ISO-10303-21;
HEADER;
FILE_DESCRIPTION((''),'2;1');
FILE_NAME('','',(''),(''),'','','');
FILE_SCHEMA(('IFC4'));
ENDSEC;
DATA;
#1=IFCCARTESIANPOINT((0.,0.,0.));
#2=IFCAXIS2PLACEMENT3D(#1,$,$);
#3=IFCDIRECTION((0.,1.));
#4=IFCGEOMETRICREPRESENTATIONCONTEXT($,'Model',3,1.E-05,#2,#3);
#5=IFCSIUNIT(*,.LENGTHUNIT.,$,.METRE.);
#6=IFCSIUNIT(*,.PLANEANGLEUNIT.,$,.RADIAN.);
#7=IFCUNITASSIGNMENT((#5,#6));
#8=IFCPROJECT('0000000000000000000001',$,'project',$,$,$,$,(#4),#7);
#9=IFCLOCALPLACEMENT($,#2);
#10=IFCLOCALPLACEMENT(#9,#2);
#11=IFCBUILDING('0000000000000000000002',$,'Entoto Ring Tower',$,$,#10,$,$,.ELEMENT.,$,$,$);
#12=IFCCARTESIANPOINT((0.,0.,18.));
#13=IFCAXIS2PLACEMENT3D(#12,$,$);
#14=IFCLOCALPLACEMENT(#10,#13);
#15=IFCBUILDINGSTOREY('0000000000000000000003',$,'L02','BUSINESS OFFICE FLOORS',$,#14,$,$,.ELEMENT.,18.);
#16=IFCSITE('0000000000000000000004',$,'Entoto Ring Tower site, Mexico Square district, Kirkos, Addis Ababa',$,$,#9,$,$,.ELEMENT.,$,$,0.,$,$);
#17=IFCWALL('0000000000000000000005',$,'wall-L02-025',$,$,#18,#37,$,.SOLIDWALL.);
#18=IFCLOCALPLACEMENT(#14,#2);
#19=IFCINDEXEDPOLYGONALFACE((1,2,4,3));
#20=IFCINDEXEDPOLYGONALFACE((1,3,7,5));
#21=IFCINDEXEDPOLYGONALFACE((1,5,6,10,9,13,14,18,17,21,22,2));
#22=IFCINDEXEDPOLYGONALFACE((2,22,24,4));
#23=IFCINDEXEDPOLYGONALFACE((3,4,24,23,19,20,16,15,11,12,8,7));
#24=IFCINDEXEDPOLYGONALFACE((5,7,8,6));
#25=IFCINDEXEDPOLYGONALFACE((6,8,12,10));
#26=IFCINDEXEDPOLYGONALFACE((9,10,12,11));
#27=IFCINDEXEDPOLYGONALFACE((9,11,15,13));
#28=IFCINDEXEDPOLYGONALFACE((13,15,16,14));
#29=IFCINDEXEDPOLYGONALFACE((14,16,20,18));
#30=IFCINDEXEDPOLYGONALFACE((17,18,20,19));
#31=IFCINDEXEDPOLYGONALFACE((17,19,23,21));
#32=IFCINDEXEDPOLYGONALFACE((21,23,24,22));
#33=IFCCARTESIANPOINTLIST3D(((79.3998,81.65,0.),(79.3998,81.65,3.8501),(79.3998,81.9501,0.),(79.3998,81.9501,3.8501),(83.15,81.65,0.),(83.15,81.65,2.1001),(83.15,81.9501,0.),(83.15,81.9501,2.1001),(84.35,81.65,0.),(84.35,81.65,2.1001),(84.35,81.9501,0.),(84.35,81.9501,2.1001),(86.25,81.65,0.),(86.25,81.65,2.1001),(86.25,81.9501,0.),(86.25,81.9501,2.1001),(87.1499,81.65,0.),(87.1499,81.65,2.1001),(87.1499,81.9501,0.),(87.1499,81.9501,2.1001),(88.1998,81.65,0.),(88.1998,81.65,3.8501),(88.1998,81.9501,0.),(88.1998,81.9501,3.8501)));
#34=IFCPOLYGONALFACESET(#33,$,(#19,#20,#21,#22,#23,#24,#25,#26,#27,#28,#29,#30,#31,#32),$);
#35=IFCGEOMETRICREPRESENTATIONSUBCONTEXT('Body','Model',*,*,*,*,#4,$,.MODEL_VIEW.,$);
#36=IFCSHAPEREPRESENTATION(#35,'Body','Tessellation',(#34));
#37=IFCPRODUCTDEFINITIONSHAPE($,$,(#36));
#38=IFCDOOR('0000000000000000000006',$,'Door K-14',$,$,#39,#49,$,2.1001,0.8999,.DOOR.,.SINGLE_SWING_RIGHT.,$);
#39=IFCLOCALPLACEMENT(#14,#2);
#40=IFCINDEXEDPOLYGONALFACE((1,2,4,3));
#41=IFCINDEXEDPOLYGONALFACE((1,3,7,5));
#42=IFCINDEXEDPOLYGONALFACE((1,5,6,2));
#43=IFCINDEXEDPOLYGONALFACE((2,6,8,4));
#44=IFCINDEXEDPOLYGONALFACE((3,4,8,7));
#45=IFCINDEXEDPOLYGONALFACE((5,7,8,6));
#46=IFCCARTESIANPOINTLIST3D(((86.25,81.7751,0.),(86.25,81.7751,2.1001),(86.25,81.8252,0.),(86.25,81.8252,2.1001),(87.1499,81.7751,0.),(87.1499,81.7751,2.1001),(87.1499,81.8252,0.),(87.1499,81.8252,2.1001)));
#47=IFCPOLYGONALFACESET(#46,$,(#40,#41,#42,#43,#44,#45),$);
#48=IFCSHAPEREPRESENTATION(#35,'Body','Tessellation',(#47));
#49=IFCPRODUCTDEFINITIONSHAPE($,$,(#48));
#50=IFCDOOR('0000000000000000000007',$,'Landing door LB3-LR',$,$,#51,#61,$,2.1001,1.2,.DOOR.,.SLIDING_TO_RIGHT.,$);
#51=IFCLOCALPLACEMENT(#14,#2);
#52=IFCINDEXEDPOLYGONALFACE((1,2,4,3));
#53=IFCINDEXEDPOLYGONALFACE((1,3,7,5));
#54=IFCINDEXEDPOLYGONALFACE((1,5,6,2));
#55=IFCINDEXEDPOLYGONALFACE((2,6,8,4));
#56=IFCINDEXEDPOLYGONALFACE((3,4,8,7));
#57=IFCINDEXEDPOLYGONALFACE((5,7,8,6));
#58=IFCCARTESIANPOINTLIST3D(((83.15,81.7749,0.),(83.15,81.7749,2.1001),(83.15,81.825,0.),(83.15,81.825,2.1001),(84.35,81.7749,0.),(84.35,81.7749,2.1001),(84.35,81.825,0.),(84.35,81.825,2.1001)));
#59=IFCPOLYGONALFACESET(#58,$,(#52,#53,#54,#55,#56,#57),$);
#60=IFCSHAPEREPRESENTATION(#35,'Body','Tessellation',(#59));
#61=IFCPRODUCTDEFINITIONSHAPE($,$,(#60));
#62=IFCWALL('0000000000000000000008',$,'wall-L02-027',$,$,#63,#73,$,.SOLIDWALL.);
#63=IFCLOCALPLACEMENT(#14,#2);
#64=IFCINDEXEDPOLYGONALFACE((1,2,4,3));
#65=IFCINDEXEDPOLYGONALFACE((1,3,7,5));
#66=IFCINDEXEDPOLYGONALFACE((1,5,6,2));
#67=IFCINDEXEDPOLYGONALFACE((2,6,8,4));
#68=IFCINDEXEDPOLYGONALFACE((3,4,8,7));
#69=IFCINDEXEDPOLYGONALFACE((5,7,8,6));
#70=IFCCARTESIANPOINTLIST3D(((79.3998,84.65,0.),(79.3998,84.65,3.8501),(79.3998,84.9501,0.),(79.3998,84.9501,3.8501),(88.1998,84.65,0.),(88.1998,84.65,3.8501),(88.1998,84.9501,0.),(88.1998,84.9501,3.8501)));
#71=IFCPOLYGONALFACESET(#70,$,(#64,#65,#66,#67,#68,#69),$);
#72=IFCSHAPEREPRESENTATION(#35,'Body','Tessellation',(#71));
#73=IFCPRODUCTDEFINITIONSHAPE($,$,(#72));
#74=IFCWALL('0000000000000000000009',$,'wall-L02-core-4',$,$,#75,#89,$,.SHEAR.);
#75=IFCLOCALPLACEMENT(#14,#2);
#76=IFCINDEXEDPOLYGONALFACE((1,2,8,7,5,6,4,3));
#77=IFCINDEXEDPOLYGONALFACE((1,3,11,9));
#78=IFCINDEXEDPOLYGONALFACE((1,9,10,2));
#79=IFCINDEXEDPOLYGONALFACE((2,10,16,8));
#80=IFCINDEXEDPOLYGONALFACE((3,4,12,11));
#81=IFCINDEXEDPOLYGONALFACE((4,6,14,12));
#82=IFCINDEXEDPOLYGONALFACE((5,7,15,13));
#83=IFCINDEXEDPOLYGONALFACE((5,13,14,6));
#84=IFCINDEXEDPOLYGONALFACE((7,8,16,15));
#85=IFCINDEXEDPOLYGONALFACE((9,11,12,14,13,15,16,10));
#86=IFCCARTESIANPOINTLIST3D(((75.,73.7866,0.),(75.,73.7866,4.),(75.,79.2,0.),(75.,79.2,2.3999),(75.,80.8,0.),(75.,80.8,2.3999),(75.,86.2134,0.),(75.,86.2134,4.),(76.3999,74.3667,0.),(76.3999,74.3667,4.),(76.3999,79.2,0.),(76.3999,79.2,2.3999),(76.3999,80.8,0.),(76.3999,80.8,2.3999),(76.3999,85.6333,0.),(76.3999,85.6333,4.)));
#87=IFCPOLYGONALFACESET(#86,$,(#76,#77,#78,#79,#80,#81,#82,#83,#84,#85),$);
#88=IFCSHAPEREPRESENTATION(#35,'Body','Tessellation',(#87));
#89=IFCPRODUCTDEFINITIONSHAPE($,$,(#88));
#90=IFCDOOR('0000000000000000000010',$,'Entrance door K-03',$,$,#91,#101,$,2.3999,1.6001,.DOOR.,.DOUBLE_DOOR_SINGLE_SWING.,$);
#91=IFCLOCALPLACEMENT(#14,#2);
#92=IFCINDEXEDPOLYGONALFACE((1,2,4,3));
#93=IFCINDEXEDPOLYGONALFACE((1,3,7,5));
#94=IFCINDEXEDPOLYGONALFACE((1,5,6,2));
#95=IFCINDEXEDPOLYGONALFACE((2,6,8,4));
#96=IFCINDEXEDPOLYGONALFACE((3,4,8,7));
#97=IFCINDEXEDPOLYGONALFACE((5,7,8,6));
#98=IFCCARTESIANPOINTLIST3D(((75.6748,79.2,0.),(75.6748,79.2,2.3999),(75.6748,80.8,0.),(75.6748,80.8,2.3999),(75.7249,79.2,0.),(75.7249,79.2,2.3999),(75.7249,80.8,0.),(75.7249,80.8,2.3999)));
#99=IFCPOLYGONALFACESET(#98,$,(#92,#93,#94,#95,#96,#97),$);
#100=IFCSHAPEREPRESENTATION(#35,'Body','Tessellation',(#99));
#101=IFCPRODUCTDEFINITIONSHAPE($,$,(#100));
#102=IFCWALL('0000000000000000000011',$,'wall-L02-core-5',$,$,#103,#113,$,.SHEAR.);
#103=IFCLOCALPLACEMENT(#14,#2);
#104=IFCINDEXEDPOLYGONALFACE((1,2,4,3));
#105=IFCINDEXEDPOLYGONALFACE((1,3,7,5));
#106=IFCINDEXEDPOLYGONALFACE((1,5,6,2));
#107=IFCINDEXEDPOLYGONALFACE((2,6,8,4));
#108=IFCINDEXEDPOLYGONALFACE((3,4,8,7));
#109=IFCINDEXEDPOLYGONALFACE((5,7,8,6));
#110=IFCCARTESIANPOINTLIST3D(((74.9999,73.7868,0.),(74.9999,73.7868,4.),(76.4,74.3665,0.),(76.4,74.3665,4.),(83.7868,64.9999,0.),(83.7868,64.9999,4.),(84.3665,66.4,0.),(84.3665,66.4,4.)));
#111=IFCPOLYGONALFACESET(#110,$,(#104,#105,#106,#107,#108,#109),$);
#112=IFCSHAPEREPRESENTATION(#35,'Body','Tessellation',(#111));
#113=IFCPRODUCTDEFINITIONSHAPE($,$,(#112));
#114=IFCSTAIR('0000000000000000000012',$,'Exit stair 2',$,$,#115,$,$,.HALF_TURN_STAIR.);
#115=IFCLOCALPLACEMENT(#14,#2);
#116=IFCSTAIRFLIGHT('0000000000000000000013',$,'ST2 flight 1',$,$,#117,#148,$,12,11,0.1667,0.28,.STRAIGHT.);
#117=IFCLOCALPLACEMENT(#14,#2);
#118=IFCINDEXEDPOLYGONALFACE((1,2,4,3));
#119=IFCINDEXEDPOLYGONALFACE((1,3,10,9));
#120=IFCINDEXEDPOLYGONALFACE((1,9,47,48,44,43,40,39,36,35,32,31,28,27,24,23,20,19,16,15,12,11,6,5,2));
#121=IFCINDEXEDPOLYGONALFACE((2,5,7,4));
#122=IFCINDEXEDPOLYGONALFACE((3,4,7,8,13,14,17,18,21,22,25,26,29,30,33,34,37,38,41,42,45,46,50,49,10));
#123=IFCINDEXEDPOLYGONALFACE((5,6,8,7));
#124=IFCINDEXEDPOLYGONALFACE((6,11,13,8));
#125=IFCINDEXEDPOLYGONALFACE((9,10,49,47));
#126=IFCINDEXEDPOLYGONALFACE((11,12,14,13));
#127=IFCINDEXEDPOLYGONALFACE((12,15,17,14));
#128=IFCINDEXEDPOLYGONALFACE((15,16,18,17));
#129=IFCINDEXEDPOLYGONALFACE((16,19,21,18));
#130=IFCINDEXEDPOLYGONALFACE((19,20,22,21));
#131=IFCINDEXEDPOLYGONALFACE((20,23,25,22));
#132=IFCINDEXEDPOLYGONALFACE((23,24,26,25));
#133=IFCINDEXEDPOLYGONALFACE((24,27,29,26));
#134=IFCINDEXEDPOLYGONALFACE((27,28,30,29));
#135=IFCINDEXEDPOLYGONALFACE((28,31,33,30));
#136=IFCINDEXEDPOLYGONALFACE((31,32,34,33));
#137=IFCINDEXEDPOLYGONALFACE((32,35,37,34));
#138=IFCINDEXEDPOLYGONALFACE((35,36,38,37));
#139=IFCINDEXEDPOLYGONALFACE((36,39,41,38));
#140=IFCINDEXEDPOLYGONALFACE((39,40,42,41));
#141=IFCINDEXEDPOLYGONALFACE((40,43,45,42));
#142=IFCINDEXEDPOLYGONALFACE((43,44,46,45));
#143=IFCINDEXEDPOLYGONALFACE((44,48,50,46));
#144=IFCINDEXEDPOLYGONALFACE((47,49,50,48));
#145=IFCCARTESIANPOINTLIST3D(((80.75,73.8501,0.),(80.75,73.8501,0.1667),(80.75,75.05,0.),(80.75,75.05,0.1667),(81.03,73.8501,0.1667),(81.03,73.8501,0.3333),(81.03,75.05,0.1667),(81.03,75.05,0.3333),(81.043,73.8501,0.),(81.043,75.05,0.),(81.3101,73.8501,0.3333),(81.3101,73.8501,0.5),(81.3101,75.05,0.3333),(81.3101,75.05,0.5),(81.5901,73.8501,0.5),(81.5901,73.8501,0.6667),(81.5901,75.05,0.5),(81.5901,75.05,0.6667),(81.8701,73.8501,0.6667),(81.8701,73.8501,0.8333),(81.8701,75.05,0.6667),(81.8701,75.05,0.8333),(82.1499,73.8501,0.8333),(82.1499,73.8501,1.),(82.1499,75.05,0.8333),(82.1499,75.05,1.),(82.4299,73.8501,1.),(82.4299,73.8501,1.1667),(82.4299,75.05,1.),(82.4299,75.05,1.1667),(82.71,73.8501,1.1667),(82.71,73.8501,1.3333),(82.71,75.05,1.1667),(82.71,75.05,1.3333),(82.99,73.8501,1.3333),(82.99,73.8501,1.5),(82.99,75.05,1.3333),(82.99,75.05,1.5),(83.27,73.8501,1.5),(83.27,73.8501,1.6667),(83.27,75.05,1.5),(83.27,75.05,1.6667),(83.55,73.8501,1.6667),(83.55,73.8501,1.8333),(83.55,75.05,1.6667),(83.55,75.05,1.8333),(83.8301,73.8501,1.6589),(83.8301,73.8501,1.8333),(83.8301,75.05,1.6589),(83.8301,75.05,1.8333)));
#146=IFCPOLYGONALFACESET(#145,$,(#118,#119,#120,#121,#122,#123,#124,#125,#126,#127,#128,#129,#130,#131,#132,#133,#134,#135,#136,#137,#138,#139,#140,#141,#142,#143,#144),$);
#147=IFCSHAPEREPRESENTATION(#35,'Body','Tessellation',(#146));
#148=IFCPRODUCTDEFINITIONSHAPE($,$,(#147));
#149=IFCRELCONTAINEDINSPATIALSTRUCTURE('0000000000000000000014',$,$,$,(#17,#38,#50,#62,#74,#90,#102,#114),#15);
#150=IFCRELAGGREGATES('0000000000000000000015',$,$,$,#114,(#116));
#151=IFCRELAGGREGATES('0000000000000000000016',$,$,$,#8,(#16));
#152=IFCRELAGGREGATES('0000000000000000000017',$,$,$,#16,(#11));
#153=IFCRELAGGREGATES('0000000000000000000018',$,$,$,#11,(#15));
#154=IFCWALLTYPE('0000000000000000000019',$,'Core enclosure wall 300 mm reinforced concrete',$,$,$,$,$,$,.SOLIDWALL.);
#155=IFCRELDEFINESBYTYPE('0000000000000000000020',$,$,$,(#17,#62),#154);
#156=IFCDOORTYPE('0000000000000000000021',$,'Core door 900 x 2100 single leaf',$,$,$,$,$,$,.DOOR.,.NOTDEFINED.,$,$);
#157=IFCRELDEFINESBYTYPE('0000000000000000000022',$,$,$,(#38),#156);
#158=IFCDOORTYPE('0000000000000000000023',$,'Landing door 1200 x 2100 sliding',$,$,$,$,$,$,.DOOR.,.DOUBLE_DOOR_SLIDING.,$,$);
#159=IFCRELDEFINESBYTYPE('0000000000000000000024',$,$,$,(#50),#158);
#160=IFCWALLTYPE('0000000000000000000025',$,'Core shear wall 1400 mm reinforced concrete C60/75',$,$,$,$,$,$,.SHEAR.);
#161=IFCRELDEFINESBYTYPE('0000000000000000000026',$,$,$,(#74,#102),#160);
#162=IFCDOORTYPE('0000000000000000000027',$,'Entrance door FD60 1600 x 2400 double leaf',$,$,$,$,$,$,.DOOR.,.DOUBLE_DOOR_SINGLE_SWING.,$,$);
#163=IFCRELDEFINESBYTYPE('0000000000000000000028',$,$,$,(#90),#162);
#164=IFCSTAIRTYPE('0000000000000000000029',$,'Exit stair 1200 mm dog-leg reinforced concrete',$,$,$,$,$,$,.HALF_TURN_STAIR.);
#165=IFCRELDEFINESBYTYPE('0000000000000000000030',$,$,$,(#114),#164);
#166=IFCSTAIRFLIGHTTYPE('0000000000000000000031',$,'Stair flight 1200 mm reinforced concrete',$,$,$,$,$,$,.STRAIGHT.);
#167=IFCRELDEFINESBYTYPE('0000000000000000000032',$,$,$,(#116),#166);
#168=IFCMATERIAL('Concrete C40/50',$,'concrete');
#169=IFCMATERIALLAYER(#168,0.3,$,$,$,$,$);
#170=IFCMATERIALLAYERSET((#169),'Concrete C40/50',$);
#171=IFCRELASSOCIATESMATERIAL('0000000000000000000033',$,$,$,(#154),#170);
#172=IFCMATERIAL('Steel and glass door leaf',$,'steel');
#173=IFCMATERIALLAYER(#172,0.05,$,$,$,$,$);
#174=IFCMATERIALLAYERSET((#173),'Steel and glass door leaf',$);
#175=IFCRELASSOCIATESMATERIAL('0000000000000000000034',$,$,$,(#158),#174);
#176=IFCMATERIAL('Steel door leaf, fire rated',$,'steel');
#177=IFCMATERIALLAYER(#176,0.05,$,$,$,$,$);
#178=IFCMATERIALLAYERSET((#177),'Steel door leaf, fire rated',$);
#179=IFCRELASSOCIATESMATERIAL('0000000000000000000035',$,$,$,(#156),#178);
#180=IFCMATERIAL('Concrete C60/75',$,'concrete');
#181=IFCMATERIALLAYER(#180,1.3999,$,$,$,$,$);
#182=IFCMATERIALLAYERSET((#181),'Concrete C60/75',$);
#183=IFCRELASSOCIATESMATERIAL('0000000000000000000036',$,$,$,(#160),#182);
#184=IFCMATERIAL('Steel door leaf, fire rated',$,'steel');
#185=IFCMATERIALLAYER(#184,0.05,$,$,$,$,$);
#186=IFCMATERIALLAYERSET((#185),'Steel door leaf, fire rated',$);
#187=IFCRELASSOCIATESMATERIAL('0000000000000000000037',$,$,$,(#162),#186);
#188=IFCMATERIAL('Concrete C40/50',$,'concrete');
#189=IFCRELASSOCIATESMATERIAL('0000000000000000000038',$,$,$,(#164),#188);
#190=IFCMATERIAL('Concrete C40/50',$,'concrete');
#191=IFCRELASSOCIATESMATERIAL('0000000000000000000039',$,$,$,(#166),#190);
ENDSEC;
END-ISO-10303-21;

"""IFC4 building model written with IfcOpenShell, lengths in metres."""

from ifc_helpers import new_model, si_unit, direction, frame, frame_2d, origin, place, context, subcontext, project, spatial, polyline, rectangle, outline, extrude, material, layer, layer_set, type_object, element, fill, aggregate, save


model = new_model("IFC4")

# Units and contexts
model_context = context("Model", 3, precision=1e-05, world=origin(), true_north=direction((0.0, 1.0)))
body_context = subcontext(model_context, "Body", "Model", "MODEL_VIEW")
ifc_project = project(units=[si_unit("LENGTHUNIT", "METRE"), si_unit("PLANEANGLEUNIT", "RADIAN")], contexts=[model_context])

# Site, building, storey
site_placement = place(None, origin())
site = spatial("IfcSite", under=ifc_project, at=site_placement, Name="Entoto Ring Tower site, Mexico Square district, Kirkos, Addis Ababa", CompositionType="ELEMENT", RefElevation=0.0)
building_placement = place(site_placement, origin())
building = spatial("IfcBuilding", under=site, at=building_placement, Name="Entoto Ring Tower", CompositionType="ELEMENT")
storey_placement = place(building_placement, frame((0.0, 0.0, 18.0)))
storey = spatial("IfcBuildingStorey", under=building, at=storey_placement, Name="L02", Description="BUSINESS OFFICE FLOORS", CompositionType="ELEMENT", Elevation=18.0)

# Shared definitions
ifc_material_1 = material(Name="Concrete C40/50", Category="concrete")
ifc_layer_1 = layer(ifc_material_1, 0.3)
ifc_layer_set_1 = layer_set([ifc_layer_1], Name="Concrete C40/50")
wall_type_1 = type_object("IfcWallType", Name="Core enclosure wall 300 mm reinforced concrete", PredefinedType="SOLIDWALL", material=ifc_layer_set_1)

# Shared definitions
ifc_material_2 = material(Name="Steel and glass door leaf", Category="steel")
ifc_layer_2 = layer(ifc_material_2, 0.05)
ifc_layer_set_2 = layer_set([ifc_layer_2], Name="Steel and glass door leaf")
door_type_1 = type_object("IfcDoorType", Name="Landing door 1200 x 2100 sliding", OperationType="DOUBLE_DOOR_SLIDING", PredefinedType="DOOR", material=ifc_layer_set_2)

# Wall, openings, doors
wall_1_placement = place(storey_placement, frame((79.3999, 81.8, 0.0), z_axis=(0.0, 0.0, 1.0), x_axis=(1.0, 0.0, 0.0)))
wall_1 = element("IfcWall", 1, at=wall_1_placement, inside=storey, type_object=wall_type_1, Name="wall-L02-025", PredefinedType="SOLIDWALL", context=body_context, shape_type="SweptSolid", body=[
    extrude(rectangle(XDim=8.8, YDim=0.3, at=frame_2d((4.3999, 0.0))), origin(), (0.0, 0.0, 1.0), 3.8501),
])
opening_1_placement = place(wall_1_placement, frame((3.75, 0.0, 0.0)))
opening_1 = element("IfcOpeningElement", 2, at=opening_1_placement, cuts=wall_1, PredefinedType="OPENING", context=body_context, shape_type="SweptSolid", body=[
    extrude(rectangle(XDim=1.2, YDim=2.1001, at=frame_2d((0.6001, 1.05))), frame((0.0, 0.1602, 0.0), z_axis=(0.0, -1.0, 0.0), x_axis=(1.0, 0.0, 0.0)), (0.0, 0.0, 1.0), 0.3201),
])
opening_2_placement = place(wall_1_placement, frame((6.8501, 0.0, 0.0)))
opening_2 = element("IfcOpeningElement", 3, at=opening_2_placement, cuts=wall_1, PredefinedType="OPENING", context=body_context, shape_type="SweptSolid", body=[
    extrude(rectangle(XDim=0.8999, YDim=2.1001, at=frame_2d((0.45, 1.05))), frame((0.0, 0.1602, 0.0), z_axis=(0.0, -1.0, 0.0), x_axis=(1.0, 0.0, 0.0)), (0.0, 0.0, 1.0), 0.3201),
])
ifc_material_3 = material(Name="Steel door leaf, fire rated", Category="steel")
ifc_layer_3 = layer(ifc_material_3, 0.05)
ifc_layer_set_3 = layer_set([ifc_layer_3], Name="Steel door leaf, fire rated")
door_type_2 = type_object("IfcDoorType", Name="Core door 900 x 2100 single leaf", OperationType="NOTDEFINED", PredefinedType="DOOR", material=ifc_layer_set_3)
door_1_placement = place(opening_2_placement, frame((0.8999, 0.0, 0.0), z_axis=(0.0, 0.0, 1.0), x_axis=(-1.0, 0.0, 0.0)))
door_1 = element("IfcDoor", 4, at=door_1_placement, inside=storey, type_object=door_type_2, Name="Door K-14", OperationType="SINGLE_SWING_RIGHT", OverallHeight=2.1001, OverallWidth=0.8999, PredefinedType="DOOR", context=body_context, shape_type="SweptSolid", body=[
    extrude(rectangle(XDim=0.8999, YDim=2.1001, at=frame_2d((0.45, 1.05))), frame((0.0, 0.0249, 0.0), z_axis=(0.0, -1.0, 0.0), x_axis=(1.0, 0.0, 0.0)), (0.0, 0.0, 1.0), 0.05),
])
fill(opening_2, door_1)
door_2_placement = place(opening_1_placement, origin())
door_2 = element("IfcDoor", 5, at=door_2_placement, inside=storey, type_object=door_type_1, Name="Landing door LB3-LR", OperationType="SLIDING_TO_RIGHT", OverallHeight=2.1001, OverallWidth=1.2, PredefinedType="DOOR", context=body_context, shape_type="SweptSolid", body=[
    extrude(rectangle(XDim=1.2, YDim=2.1001, at=frame_2d((0.6001, 1.05))), frame((0.0, 0.0249, 0.0), z_axis=(0.0, -1.0, 0.0), x_axis=(1.0, 0.0, 0.0)), (0.0, 0.0, 1.0), 0.05),
])
fill(opening_1, door_2)

# Wall
wall_2_placement = place(storey_placement, frame((79.3999, 84.8, 0.0), z_axis=(0.0, 0.0, 1.0), x_axis=(1.0, 0.0, 0.0)))
element("IfcWall", 6, at=wall_2_placement, inside=storey, type_object=wall_type_1, Name="wall-L02-027", PredefinedType="SOLIDWALL", context=body_context, shape_type="SweptSolid", body=[
    extrude(rectangle(XDim=8.8, YDim=0.3, at=frame_2d((4.3999, 0.0))), origin(), (0.0, 0.0, 1.0), 3.8501),
])

# Wall, opening, door
ifc_material_4 = material(Name="Concrete C60/75", Category="concrete")
ifc_layer_4 = layer(ifc_material_4, 1.3999)
ifc_layer_set_4 = layer_set([ifc_layer_4], Name="Concrete C60/75")
wall_type_2 = type_object("IfcWallType", Name="Core shear wall 1400 mm reinforced concrete C60/75", PredefinedType="SHEAR", material=ifc_layer_set_4)
wall_3_placement = place(storey_placement, frame((75.7, 85.9233, 0.0), z_axis=(0.0, 0.0, 1.0), x_axis=(0.0, -1.0, 0.0)))
wall_3 = element("IfcWall", 7, at=wall_3_placement, inside=storey, type_object=wall_type_2, Name="wall-L02-core-4", PredefinedType="SHEAR", context=body_context, shape_type="SweptSolid", body=[
    extrude(outline(polyline([(-0.29, -0.7), (12.1367, -0.7), (11.5566, 0.7), (0.29, 0.7), (-0.29, -0.7)])), origin(), (0.0, 0.0, 1.0), 4.0),
])
opening_3_placement = place(wall_3_placement, frame((5.1233, 0.0, 0.0)))
opening_3 = element("IfcOpeningElement", 8, at=opening_3_placement, cuts=wall_3, PredefinedType="OPENING", context=body_context, shape_type="SweptSolid", body=[
    extrude(rectangle(XDim=1.6001, YDim=2.3999, at=frame_2d((0.8, 1.2))), frame((0.0, 0.71, 0.0), z_axis=(0.0, -1.0, 0.0), x_axis=(1.0, 0.0, 0.0)), (0.0, 0.0, 1.0), 1.4199),
])
ifc_material_5 = material(Name="Steel door leaf, fire rated", Category="steel")
ifc_layer_5 = layer(ifc_material_5, 0.05)
ifc_layer_set_5 = layer_set([ifc_layer_5], Name="Steel door leaf, fire rated")
door_type_3 = type_object("IfcDoorType", Name="Entrance door FD60 1600 x 2400 double leaf", OperationType="DOUBLE_DOOR_SINGLE_SWING", PredefinedType="DOOR", material=ifc_layer_set_5)
door_3_placement = place(opening_3_placement, origin())
door_3 = element("IfcDoor", 9, at=door_3_placement, inside=storey, type_object=door_type_3, Name="Entrance door K-03", OperationType="DOUBLE_DOOR_SINGLE_SWING", OverallHeight=2.3999, OverallWidth=1.6001, PredefinedType="DOOR", context=body_context, shape_type="SweptSolid", body=[
    extrude(rectangle(XDim=1.6001, YDim=2.3999, at=frame_2d((0.8, 1.2))), frame((0.0, 0.0249, 0.0), z_axis=(0.0, -1.0, 0.0), x_axis=(1.0, 0.0, 0.0)), (0.0, 0.0, 1.0), 0.05),
])
fill(opening_3, door_3)

# Wall
wall_4_placement = place(storey_placement, frame((75.7, 74.0767, 0.0), z_axis=(0.0, 0.0, 1.0), x_axis=(0.707107, -0.707107, 0.0)))
element("IfcWall", 10, at=wall_4_placement, inside=storey, type_object=wall_type_2, Name="wall-L02-core-5", PredefinedType="SHEAR", context=body_context, shape_type="SweptSolid", body=[
    extrude(outline(polyline([(-0.29, -0.7), (12.1365, -0.7), (11.5564, 0.7), (0.29, 0.7), (-0.29, -0.7)])), origin(), (0.0, 0.0, 1.0), 4.0),
])

# Stair, stair flight
ifc_material_6 = material(Name="Concrete C40/50", Category="concrete")
stair_type = type_object("IfcStairType", Name="Exit stair 1200 mm dog-leg reinforced concrete", PredefinedType="HALF_TURN_STAIR", material=ifc_material_6)
stair_placement = place(storey_placement, origin())
stair = element("IfcStair", 11, at=stair_placement, inside=storey, type_object=stair_type, Name="Exit stair 2", PredefinedType="HALF_TURN_STAIR")
ifc_material_7 = material(Name="Concrete C40/50", Category="concrete")
stair_flight_type = type_object("IfcStairFlightType", Name="Stair flight 1200 mm reinforced concrete", PredefinedType="STRAIGHT", material=ifc_material_7)
stair_flight_1_placement = place(storey_placement, frame((80.75, 74.45, 0.0), z_axis=(0.0, 0.0, 1.0), x_axis=(1.0, 0.0, 0.0)))
stair_flight_1 = element("IfcStairFlight", 12, at=stair_flight_1_placement, type_object=stair_flight_type, Name="ST2 flight 1", NumberOfRisers=12, NumberOfTreads=11, PredefinedType="STRAIGHT", RiserHeight=0.1667, TreadLength=0.28, context=body_context, shape_type="SweptSolid", body=[
    extrude(outline(polyline([(0.0, 0.0), (0.0, 0.1667), (0.28, 0.1667), (0.28, 0.3333), (0.5601, 0.3333), (0.5601, 0.5), (0.8401, 0.5), (0.8401, 0.6667), (1.1201, 0.6667), (1.1201, 0.8333), (1.3999, 0.8333), (1.3999, 1.0), (1.6799, 1.0), (1.6799, 1.1667), (1.96, 1.1667), (1.96, 1.3333), (2.24, 1.3333), (2.24, 1.5), (2.52, 1.5), (2.52, 1.6667), (2.8, 1.6667), (2.8, 1.8333), (3.0801, 1.8333), (3.0801, 2.0), (3.0801, 1.6589), (0.293, 0.0), (0.0, 0.0)])), frame((0.0, 0.6001, 0.0), z_axis=(0.0, -1.0, 0.0), x_axis=(1.0, 0.0, 0.0)), (0.0, 0.0, 1.0), 1.2),
])
aggregate(stair, [stair_flight_1])

save(model, "model.ifc")
